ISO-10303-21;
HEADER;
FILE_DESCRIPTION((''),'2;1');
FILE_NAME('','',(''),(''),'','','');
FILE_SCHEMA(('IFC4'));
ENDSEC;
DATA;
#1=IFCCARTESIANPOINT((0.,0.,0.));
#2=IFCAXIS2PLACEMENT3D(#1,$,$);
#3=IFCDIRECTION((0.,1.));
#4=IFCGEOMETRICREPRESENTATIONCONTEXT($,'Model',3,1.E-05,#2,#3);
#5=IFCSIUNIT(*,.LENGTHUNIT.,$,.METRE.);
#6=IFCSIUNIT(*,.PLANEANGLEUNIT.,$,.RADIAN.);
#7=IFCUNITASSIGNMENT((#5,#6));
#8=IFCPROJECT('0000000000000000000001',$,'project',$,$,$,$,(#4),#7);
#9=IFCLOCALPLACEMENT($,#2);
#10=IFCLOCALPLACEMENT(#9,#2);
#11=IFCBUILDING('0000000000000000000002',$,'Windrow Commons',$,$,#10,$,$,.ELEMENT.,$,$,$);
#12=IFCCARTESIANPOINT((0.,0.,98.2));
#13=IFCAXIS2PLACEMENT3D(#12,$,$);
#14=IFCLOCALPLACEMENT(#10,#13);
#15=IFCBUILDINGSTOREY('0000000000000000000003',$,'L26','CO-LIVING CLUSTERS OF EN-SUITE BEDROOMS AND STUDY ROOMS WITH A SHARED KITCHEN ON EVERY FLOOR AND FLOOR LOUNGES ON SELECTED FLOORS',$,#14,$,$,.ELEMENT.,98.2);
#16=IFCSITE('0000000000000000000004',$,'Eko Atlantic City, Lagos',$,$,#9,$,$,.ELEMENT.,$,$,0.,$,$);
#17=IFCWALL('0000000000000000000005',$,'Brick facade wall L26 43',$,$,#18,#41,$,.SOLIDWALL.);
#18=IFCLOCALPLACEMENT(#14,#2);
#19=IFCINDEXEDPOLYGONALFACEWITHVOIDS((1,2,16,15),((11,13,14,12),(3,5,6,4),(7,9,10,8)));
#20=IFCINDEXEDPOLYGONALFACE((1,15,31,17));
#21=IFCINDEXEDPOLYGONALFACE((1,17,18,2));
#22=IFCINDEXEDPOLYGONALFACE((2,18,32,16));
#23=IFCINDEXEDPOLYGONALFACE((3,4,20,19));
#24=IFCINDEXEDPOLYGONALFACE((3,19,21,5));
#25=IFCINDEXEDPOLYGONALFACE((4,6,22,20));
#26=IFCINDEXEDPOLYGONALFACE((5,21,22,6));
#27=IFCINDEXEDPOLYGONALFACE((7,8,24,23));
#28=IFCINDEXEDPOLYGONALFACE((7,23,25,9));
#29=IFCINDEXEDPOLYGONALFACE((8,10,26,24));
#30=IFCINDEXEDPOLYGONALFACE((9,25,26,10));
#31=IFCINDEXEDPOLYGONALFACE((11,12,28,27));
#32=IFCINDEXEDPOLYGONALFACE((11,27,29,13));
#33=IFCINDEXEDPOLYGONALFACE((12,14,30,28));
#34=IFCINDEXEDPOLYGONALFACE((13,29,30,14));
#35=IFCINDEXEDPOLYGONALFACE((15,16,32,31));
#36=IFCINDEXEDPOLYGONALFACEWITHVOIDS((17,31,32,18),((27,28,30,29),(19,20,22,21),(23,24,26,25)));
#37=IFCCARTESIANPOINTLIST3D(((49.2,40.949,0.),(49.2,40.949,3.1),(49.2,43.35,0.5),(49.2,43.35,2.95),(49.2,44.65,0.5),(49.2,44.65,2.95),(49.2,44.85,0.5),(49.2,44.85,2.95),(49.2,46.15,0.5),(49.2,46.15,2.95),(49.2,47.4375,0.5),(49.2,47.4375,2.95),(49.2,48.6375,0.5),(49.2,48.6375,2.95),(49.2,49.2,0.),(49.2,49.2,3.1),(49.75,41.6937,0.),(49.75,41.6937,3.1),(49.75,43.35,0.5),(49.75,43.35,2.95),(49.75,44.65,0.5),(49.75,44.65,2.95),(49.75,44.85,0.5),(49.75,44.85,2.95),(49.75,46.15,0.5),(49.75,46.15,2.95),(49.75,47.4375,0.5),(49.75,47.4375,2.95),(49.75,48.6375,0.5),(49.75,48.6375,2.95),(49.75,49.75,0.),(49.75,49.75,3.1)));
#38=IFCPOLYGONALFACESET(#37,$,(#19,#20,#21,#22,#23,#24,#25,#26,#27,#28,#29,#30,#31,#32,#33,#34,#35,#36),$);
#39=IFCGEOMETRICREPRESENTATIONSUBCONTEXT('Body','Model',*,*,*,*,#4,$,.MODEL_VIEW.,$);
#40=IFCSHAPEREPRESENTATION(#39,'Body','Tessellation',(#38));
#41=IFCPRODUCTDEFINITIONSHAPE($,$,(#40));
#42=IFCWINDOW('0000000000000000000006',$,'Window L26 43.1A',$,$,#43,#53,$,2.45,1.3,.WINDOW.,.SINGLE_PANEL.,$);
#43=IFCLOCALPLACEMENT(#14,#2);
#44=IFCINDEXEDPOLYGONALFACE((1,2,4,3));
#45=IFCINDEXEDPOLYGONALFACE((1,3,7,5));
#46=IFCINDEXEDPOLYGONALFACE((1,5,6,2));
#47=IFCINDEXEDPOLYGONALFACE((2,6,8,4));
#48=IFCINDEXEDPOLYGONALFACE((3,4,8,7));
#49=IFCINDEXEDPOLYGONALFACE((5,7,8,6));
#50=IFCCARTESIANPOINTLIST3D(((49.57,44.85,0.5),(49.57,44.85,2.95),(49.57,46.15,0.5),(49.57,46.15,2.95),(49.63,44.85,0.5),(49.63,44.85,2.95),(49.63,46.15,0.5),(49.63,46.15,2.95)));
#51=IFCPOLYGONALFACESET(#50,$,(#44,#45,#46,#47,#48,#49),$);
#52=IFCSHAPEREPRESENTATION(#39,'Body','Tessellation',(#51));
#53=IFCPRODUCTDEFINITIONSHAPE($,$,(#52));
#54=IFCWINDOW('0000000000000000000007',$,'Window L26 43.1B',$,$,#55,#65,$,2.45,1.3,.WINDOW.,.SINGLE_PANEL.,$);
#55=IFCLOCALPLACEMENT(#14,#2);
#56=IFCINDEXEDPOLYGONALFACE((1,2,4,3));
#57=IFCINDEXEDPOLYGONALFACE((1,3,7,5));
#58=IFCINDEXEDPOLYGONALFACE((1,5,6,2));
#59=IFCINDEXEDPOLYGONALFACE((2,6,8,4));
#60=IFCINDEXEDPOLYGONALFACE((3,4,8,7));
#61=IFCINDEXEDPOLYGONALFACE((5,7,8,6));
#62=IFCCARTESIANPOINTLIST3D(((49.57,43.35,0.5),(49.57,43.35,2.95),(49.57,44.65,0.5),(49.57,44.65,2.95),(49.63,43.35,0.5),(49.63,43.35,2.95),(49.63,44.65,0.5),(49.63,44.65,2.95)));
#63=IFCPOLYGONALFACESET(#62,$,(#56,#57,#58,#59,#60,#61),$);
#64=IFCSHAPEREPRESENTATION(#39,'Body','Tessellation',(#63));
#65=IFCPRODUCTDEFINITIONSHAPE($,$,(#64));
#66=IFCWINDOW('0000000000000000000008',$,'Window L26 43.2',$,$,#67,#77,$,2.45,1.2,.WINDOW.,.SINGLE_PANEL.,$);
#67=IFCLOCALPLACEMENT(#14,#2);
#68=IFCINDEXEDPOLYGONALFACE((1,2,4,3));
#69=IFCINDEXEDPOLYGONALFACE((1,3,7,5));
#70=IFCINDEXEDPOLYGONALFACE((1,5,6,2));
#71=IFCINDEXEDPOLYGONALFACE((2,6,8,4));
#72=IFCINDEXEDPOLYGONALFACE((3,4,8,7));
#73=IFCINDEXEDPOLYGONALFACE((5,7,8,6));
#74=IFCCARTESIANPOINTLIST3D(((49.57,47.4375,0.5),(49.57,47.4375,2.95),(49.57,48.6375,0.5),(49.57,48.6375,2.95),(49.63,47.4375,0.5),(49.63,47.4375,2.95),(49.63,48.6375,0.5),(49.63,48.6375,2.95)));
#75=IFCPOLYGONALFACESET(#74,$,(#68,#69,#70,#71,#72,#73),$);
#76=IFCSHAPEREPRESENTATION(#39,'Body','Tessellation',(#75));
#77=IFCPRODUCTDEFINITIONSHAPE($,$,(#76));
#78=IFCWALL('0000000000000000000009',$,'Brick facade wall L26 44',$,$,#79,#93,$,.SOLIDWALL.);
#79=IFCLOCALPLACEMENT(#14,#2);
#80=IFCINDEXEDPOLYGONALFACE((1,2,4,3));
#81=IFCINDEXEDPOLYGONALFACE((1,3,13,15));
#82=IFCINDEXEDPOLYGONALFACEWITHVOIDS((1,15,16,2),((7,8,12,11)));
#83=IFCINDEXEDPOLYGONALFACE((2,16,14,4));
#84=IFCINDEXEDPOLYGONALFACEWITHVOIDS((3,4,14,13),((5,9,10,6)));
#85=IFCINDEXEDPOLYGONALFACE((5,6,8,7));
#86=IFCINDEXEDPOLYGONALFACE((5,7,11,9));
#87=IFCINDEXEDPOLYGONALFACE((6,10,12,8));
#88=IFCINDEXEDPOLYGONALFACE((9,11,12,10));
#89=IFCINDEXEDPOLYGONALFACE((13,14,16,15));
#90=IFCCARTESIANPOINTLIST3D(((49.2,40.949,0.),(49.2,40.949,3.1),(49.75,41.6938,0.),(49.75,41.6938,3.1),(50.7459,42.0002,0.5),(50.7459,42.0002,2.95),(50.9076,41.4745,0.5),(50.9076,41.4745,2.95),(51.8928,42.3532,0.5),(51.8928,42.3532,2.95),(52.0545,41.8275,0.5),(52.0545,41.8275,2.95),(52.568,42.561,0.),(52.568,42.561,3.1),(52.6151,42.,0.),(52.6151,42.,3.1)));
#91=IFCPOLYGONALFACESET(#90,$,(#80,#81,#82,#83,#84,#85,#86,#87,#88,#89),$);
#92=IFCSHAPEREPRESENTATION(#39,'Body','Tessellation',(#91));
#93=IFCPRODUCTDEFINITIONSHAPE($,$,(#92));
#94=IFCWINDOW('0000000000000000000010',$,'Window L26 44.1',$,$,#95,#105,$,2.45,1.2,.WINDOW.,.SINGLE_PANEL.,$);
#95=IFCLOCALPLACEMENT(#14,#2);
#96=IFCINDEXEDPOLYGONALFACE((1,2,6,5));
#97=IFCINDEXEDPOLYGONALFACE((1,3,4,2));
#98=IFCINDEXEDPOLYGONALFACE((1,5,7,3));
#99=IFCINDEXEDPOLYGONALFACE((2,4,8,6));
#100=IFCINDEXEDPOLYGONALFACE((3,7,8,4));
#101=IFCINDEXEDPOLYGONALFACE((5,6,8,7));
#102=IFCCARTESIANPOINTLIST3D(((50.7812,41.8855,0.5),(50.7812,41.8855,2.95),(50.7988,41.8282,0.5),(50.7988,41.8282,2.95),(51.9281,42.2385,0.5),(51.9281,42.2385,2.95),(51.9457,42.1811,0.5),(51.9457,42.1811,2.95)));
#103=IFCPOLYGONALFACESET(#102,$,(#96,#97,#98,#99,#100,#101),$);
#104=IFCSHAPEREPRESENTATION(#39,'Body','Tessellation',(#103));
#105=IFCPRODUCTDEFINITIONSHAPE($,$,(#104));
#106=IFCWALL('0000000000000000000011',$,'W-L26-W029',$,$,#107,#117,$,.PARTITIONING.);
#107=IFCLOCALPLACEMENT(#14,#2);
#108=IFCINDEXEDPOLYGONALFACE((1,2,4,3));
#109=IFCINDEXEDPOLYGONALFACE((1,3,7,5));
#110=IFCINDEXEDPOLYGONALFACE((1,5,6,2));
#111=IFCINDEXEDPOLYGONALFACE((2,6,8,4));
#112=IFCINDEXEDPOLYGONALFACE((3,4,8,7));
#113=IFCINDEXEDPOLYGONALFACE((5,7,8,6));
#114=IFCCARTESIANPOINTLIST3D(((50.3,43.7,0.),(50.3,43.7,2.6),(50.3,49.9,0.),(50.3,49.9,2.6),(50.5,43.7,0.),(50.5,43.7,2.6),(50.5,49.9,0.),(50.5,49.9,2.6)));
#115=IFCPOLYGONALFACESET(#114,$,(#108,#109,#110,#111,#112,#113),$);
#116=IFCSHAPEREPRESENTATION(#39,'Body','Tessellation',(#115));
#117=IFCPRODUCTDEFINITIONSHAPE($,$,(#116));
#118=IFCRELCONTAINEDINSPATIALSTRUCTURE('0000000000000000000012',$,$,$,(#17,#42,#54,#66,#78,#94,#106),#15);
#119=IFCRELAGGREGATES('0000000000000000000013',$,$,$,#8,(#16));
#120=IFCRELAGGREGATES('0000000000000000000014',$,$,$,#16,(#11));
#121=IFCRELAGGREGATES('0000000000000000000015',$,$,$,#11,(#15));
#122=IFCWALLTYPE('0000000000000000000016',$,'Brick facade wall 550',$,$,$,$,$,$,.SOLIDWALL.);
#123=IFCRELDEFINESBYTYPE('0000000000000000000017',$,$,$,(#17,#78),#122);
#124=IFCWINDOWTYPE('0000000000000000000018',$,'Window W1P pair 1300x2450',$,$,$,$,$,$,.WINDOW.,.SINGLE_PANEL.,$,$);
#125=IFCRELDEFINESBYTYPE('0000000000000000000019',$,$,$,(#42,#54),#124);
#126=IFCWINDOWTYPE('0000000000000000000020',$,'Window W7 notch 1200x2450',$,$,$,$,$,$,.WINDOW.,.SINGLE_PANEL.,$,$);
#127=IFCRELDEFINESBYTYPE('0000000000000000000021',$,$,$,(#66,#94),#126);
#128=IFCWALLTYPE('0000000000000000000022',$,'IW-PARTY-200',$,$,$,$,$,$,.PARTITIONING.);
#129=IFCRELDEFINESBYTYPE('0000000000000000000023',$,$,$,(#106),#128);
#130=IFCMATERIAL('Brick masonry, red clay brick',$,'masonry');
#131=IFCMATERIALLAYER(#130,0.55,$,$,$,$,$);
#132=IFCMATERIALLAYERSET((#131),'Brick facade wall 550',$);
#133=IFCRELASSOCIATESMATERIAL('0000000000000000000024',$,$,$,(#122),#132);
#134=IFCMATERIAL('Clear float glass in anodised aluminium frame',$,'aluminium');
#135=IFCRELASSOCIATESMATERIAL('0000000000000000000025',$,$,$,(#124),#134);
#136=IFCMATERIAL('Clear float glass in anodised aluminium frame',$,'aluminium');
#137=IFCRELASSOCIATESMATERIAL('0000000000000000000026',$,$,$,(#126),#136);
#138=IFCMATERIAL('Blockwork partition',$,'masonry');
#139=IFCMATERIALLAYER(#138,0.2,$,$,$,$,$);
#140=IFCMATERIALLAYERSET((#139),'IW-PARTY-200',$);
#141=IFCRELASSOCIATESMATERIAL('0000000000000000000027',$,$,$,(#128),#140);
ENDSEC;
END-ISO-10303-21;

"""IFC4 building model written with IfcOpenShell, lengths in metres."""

from ifc_helpers import new_model, si_unit, direction, frame, frame_2d, origin, place, context, subcontext, project, spatial, polyline, rectangle, outline, extrude, material, layer, layer_set, type_object, element, fill, save


model = new_model("IFC4")

# Units and contexts
model_context = context("Model", 3, precision=1e-05, world=origin(), true_north=direction((0.0, 1.0)))
body_context = subcontext(model_context, "Body", "Model", "MODEL_VIEW")
ifc_project = project(units=[si_unit("LENGTHUNIT", "METRE"), si_unit("PLANEANGLEUNIT", "RADIAN")], contexts=[model_context])

# Site, building, storey
site_placement = place(None, origin())
site = spatial("IfcSite", under=ifc_project, at=site_placement, Name="Eko Atlantic City, Lagos", CompositionType="ELEMENT", RefElevation=0.0)
building_placement = place(site_placement, origin())
building = spatial("IfcBuilding", under=site, at=building_placement, Name="Windrow Commons", CompositionType="ELEMENT")
storey_placement = place(building_placement, frame((0.0, 0.0, 98.2)))
storey = spatial("IfcBuildingStorey", under=building, at=storey_placement, Name="L26", Description="CO-LIVING CLUSTERS OF EN-SUITE BEDROOMS AND STUDY ROOMS WITH A SHARED KITCHEN ON EVERY FLOOR AND FLOOR LOUNGES ON SELECTED FLOORS", CompositionType="ELEMENT", Elevation=98.2)

# Wall, openings, windows
ifc_material_1 = material(Name="Brick masonry, red clay brick", Category="masonry")
ifc_layer_1 = layer(ifc_material_1, 0.55)
ifc_layer_set_1 = layer_set([ifc_layer_1], Name="Brick facade wall 550")
wall_type_1 = type_object("IfcWallType", Name="Brick facade wall 550", PredefinedType="SOLIDWALL", material=ifc_layer_set_1)
ifc_material_2 = material(Name="Clear float glass in anodised aluminium frame", Category="aluminium")
window_type_1 = type_object("IfcWindowType", Name="Window W1P pair 1300x2450", PartitioningType="SINGLE_PANEL", PredefinedType="WINDOW", material=ifc_material_2)
ifc_material_3 = material(Name="Clear float glass in anodised aluminium frame", Category="aluminium")
window_type_2 = type_object("IfcWindowType", Name="Window W7 notch 1200x2450", PartitioningType="SINGLE_PANEL", PredefinedType="WINDOW", material=ifc_material_3)
wall_1_placement = place(storey_placement, frame((49.475, 49.475, 0.0), z_axis=(0.0, 0.0, 1.0), x_axis=(0.0, -1.0, 0.0)))
wall_1 = element("IfcWall", 1, at=wall_1_placement, inside=storey, type_object=wall_type_1, Name="Brick facade wall L26 43", PredefinedType="SOLIDWALL", context=body_context, shape_type="SweptSolid", body=[
    extrude(outline(polyline([(0.275, -0.275), (8.526, -0.275), (7.7813, 0.275), (-0.275, 0.275), (0.275, -0.275)])), origin(), (0.0, 0.0, 1.0), 3.1),
])
opening_1_placement = place(wall_1_placement, frame((3.325, 0.0, 0.5)))
opening_1 = element("IfcOpeningElement", 2, at=opening_1_placement, cuts=wall_1, PredefinedType="OPENING", context=body_context, shape_type="SweptSolid", body=[
    extrude(rectangle(XDim=1.3, YDim=2.45, at=frame_2d((0.65, 1.225))), frame((0.0, 0.285, 0.0), z_axis=(0.0, -1.0, 0.0), x_axis=(1.0, 0.0, 0.0)), (0.0, 0.0, 1.0), 0.57),
])
opening_2_placement = place(wall_1_placement, frame((4.825, 0.0, 0.5)))
opening_2 = element("IfcOpeningElement", 3, at=opening_2_placement, cuts=wall_1, PredefinedType="OPENING", context=body_context, shape_type="SweptSolid", body=[
    extrude(rectangle(XDim=1.3, YDim=2.45, at=frame_2d((0.65, 1.225))), frame((0.0, 0.285, 0.0), z_axis=(0.0, -1.0, 0.0), x_axis=(1.0, 0.0, 0.0)), (0.0, 0.0, 1.0), 0.57),
])
opening_3_placement = place(wall_1_placement, frame((0.8375, 0.0, 0.5)))
opening_3 = element("IfcOpeningElement", 4, at=opening_3_placement, cuts=wall_1, PredefinedType="OPENING", context=body_context, shape_type="SweptSolid", body=[
    extrude(rectangle(XDim=1.2, YDim=2.45, at=frame_2d((0.6, 1.225))), frame((0.0, 0.285, 0.0), z_axis=(0.0, -1.0, 0.0), x_axis=(1.0, 0.0, 0.0)), (0.0, 0.0, 1.0), 0.57),
])
window_1_placement = place(opening_1_placement, origin())
window_1 = element("IfcWindow", 5, at=window_1_placement, inside=storey, type_object=window_type_1, Name="Window L26 43.1A", OverallHeight=2.45, OverallWidth=1.3, PartitioningType="SINGLE_PANEL", PredefinedType="WINDOW", context=body_context, shape_type="SweptSolid", body=[
    extrude(rectangle(XDim=1.3, YDim=2.45, at=frame_2d((0.65, 1.225))), frame((0.0, 0.155, 0.0), z_axis=(0.0, -1.0, 0.0), x_axis=(1.0, 0.0, 0.0)), (0.0, 0.0, 1.0), 0.06),
])
fill(opening_1, window_1)
window_2_placement = place(opening_2_placement, origin())
window_2 = element("IfcWindow", 6, at=window_2_placement, inside=storey, type_object=window_type_1, Name="Window L26 43.1B", OverallHeight=2.45, OverallWidth=1.3, PartitioningType="SINGLE_PANEL", PredefinedType="WINDOW", context=body_context, shape_type="SweptSolid", body=[
    extrude(rectangle(XDim=1.3, YDim=2.45, at=frame_2d((0.65, 1.225))), frame((0.0, 0.155, 0.0), z_axis=(0.0, -1.0, 0.0), x_axis=(1.0, 0.0, 0.0)), (0.0, 0.0, 1.0), 0.06),
])
fill(opening_2, window_2)
window_3_placement = place(opening_3_placement, origin())
window_3 = element("IfcWindow", 7, at=window_3_placement, inside=storey, type_object=window_type_2, Name="Window L26 43.2", OverallHeight=2.45, OverallWidth=1.2, PartitioningType="SINGLE_PANEL", PredefinedType="WINDOW", context=body_context, shape_type="SweptSolid", body=[
    extrude(rectangle(XDim=1.2, YDim=2.45, at=frame_2d((0.6, 1.225))), frame((0.0, 0.155, 0.0), z_axis=(0.0, -1.0, 0.0), x_axis=(1.0, 0.0, 0.0)), (0.0, 0.0, 1.0), 0.06),
])
fill(opening_3, window_3)

# Wall, opening, window
wall_2_placement = place(storey_placement, frame((49.475, 41.3214, 0.0), z_axis=(0.0, 0.0, 1.0), x_axis=(0.955766, 0.294127, 0.0)))
wall_2 = element("IfcWall", 8, at=wall_2_placement, inside=storey, type_object=wall_type_1, Name="Brick facade wall L26 44", PredefinedType="SOLIDWALL", context=body_context, shape_type="SweptSolid", body=[
    extrude(outline(polyline([(-0.3724, -0.275), (3.2008, -0.275), (3.3208, 0.275), (0.3724, 0.275), (-0.3724, -0.275)])), origin(), (0.0, 0.0, 1.0), 3.1),
])
opening_4_placement = place(wall_2_placement, frame((1.4143, 0.0, 0.5)))
opening_4 = element("IfcOpeningElement", 9, at=opening_4_placement, cuts=wall_2, PredefinedType="OPENING", context=body_context, shape_type="SweptSolid", body=[
    extrude(rectangle(XDim=1.2, YDim=2.45, at=frame_2d((0.6, 1.225))), frame((0.0, 0.285, 0.0), z_axis=(0.0, -1.0, 0.0), x_axis=(1.0, 0.0, 0.0)), (0.0, 0.0, 1.0), 0.57),
])
window_4_placement = place(opening_4_placement, origin())
window_4 = element("IfcWindow", 10, at=window_4_placement, inside=storey, type_object=window_type_2, Name="Window L26 44.1", OverallHeight=2.45, OverallWidth=1.2, PartitioningType="SINGLE_PANEL", PredefinedType="WINDOW", context=body_context, shape_type="SweptSolid", body=[
    extrude(rectangle(XDim=1.2, YDim=2.45, at=frame_2d((0.6, 1.225))), frame((0.0, 0.155, 0.0), z_axis=(0.0, -1.0, 0.0), x_axis=(1.0, 0.0, 0.0)), (0.0, 0.0, 1.0), 0.06),
])
fill(opening_4, window_4)

# Wall
ifc_material_4 = material(Name="Blockwork partition", Category="masonry")
ifc_layer_2 = layer(ifc_material_4, 0.2)
ifc_layer_set_2 = layer_set([ifc_layer_2], Name="IW-PARTY-200")
wall_type_2 = type_object("IfcWallType", Name="IW-PARTY-200", PredefinedType="PARTITIONING", material=ifc_layer_set_2)
wall_3_placement = place(storey_placement, frame((50.4, 43.7, 0.0), z_axis=(0.0, 0.0, 1.0), x_axis=(0.0, 1.0, 0.0)))
element("IfcWall", 11, at=wall_3_placement, inside=storey, type_object=wall_type_2, Name="W-L26-W029", PredefinedType="PARTITIONING", context=body_context, shape_type="SweptSolid", body=[
    extrude(rectangle(XDim=6.2, YDim=0.2, at=frame_2d((3.1, 0.0))), origin(), (0.0, 0.0, 1.0), 2.6),
])

save(model, "model.ifc")
